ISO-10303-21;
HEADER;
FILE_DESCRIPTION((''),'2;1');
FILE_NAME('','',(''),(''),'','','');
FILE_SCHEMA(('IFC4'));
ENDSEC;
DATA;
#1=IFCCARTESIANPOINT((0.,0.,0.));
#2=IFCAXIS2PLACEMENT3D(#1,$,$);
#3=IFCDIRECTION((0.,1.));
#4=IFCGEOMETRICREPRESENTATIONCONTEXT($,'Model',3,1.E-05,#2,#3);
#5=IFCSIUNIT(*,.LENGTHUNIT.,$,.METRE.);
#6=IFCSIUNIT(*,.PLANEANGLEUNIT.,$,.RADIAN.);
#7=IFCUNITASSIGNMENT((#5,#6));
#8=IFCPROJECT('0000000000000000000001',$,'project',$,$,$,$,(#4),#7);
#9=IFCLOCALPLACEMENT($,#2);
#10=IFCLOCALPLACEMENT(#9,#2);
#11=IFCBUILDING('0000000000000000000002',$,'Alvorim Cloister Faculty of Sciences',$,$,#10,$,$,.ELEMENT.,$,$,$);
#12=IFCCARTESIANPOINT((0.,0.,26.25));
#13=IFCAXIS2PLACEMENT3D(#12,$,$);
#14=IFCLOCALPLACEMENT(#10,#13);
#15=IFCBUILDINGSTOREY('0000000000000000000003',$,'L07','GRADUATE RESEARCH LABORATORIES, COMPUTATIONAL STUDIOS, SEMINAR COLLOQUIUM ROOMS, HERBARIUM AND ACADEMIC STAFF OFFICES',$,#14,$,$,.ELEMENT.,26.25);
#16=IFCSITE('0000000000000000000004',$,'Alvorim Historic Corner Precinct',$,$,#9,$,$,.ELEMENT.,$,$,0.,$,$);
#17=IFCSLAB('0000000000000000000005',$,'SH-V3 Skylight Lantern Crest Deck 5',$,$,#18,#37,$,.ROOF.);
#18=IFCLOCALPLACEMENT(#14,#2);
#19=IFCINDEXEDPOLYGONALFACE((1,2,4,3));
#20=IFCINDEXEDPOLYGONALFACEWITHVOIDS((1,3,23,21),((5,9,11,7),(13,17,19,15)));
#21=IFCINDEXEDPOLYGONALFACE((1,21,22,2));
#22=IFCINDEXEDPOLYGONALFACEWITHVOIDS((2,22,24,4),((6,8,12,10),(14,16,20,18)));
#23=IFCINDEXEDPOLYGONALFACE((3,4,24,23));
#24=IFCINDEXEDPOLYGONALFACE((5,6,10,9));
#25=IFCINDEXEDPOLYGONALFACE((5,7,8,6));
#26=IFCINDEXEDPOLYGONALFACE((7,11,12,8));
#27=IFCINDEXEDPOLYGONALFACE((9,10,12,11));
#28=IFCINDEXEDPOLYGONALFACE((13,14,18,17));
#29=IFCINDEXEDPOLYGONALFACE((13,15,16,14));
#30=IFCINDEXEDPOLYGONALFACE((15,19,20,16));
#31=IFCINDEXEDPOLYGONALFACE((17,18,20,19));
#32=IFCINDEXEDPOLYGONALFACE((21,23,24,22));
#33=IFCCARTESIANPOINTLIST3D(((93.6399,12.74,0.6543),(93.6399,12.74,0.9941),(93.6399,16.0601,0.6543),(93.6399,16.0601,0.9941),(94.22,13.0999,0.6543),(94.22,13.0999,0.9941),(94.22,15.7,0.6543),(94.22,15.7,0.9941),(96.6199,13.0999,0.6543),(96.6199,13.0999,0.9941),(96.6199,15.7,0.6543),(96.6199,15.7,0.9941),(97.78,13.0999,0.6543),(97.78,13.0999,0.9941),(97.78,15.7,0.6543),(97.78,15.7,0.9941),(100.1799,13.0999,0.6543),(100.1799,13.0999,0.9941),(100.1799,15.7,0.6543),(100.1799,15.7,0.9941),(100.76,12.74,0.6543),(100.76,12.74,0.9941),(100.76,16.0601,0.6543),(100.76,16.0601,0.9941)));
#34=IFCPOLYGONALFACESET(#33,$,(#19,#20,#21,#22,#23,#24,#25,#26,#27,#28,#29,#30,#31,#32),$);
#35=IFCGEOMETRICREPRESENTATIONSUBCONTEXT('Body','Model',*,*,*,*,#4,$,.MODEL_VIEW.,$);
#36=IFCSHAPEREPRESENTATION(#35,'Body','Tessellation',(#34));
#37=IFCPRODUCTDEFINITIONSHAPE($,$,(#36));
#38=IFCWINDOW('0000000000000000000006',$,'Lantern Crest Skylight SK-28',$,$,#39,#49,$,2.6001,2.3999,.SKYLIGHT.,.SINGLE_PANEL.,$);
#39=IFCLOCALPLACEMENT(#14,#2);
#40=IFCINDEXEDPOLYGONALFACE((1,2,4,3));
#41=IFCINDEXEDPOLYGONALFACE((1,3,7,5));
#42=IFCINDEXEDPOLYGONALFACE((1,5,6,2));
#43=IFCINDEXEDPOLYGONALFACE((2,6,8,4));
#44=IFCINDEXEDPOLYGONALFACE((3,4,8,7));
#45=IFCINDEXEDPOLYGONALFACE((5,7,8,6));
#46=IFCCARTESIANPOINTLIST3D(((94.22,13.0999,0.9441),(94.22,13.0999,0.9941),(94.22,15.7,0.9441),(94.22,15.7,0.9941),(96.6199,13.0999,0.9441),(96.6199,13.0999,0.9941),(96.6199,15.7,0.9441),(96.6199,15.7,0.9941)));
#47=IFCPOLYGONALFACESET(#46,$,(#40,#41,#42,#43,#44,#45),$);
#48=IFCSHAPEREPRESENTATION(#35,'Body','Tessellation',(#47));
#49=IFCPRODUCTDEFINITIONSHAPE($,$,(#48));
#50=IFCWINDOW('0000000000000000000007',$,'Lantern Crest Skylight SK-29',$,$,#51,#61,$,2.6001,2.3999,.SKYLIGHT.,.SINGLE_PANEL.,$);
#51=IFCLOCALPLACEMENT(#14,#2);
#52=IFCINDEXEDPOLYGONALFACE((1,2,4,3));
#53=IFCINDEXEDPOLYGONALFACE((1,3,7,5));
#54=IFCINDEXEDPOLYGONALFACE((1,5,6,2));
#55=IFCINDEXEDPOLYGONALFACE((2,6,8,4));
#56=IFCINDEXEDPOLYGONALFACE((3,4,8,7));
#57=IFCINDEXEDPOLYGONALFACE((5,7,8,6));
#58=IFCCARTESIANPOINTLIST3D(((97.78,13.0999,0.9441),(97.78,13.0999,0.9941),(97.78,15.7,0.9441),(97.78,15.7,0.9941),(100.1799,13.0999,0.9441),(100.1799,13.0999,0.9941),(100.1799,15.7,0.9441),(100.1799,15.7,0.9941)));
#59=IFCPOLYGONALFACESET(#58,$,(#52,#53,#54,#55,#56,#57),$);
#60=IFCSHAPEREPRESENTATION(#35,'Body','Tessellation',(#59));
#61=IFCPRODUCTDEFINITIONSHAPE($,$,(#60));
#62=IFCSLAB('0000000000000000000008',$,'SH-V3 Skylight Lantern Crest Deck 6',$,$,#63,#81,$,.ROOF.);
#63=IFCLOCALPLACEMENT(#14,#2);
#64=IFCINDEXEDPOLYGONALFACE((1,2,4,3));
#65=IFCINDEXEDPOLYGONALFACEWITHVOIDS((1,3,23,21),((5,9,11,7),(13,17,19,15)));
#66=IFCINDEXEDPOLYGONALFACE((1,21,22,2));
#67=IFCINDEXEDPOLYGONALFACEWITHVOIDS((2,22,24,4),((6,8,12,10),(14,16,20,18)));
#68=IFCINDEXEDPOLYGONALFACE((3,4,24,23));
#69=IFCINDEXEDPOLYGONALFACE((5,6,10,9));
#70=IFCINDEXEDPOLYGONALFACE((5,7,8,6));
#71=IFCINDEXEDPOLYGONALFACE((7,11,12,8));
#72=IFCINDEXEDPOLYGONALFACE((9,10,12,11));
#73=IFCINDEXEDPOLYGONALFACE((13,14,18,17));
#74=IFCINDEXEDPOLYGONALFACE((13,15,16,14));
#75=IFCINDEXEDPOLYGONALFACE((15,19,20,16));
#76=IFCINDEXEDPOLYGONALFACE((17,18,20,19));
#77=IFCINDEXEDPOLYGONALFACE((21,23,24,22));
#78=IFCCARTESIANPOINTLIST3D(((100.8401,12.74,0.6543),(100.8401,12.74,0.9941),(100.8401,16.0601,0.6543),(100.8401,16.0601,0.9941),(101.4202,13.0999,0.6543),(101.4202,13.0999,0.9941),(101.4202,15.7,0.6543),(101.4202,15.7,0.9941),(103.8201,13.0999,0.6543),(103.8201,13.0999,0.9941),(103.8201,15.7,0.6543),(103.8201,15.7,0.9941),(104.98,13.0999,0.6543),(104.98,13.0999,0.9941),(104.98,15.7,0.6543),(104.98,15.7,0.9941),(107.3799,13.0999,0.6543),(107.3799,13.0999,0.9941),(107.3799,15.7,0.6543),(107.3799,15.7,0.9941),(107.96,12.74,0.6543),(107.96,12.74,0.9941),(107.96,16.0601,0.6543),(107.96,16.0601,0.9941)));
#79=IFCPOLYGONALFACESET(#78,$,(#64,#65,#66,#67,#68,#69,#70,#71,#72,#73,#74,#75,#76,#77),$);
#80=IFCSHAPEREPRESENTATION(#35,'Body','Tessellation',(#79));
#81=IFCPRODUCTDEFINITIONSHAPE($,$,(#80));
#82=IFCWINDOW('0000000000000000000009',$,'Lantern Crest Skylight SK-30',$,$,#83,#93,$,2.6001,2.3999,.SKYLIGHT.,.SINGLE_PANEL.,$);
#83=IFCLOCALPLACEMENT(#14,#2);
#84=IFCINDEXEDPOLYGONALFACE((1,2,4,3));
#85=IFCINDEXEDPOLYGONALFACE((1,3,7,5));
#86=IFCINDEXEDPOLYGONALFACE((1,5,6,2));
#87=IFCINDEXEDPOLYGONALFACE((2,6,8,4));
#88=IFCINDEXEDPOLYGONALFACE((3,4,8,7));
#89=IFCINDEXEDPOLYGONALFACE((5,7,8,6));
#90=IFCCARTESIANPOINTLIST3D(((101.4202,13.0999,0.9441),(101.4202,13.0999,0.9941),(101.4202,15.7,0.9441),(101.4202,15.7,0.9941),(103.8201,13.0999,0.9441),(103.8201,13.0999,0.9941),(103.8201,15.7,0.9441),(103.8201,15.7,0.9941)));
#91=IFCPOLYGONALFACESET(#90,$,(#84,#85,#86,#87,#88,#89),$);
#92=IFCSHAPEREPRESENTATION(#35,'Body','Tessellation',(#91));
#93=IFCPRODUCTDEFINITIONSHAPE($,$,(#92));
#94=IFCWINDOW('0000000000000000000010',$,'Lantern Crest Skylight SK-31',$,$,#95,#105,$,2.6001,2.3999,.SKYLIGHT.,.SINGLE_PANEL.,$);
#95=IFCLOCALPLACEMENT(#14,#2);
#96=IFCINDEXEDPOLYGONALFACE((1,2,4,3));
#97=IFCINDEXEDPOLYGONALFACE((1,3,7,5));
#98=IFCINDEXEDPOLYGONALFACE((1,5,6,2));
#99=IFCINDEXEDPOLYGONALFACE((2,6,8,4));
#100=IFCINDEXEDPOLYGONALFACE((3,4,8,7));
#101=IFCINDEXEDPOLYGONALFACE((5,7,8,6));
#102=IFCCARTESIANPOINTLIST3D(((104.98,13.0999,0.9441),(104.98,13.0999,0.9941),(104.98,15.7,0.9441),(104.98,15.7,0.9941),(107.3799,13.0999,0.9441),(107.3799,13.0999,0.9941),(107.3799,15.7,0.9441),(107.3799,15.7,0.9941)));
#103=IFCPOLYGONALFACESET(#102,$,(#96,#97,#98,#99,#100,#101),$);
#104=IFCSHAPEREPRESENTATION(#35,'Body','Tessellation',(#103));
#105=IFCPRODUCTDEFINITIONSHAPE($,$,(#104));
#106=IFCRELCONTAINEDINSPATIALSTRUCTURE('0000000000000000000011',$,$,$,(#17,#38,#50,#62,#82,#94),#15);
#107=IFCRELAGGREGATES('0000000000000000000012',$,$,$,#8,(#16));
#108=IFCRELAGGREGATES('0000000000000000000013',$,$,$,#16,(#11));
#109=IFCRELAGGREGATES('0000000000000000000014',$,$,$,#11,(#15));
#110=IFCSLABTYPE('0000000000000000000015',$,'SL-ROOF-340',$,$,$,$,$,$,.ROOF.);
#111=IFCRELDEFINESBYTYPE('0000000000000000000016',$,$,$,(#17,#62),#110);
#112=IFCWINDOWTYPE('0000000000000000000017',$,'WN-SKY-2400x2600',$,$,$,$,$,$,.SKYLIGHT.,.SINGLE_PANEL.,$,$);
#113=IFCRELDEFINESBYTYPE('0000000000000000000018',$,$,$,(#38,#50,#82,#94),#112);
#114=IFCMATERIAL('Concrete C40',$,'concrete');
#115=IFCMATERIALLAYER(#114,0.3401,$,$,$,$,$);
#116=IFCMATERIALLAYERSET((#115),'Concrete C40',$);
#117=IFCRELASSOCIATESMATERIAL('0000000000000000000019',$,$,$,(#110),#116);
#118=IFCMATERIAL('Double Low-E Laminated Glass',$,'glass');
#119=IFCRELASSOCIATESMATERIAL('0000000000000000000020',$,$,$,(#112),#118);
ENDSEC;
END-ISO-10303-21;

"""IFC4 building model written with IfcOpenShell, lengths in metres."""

from ifc_helpers import new_model, si_unit, direction, frame, origin, origin_2d, place, context, subcontext, project, spatial, polyline, rectangle, outline, extrude, material, layer, layer_set, type_object, element, fill, save


model = new_model("IFC4")

# Units and contexts
model_context = context("Model", 3, precision=1e-05, world=origin(), true_north=direction((0.0, 1.0)))
body_context = subcontext(model_context, "Body", "Model", "MODEL_VIEW")
ifc_project = project(units=[si_unit("LENGTHUNIT", "METRE"), si_unit("PLANEANGLEUNIT", "RADIAN")], contexts=[model_context])

# Site, building, storey
site_placement = place(None, origin())
site = spatial("IfcSite", under=ifc_project, at=site_placement, Name="Alvorim Historic Corner Precinct", CompositionType="ELEMENT", RefElevation=0.0)
building_placement = place(site_placement, origin())
building = spatial("IfcBuilding", under=site, at=building_placement, Name="Alvorim Cloister Faculty of Sciences", CompositionType="ELEMENT")
storey_placement = place(building_placement, frame((0.0, 0.0, 26.25)))
storey = spatial("IfcBuildingStorey", under=building, at=storey_placement, Name="L07", Description="GRADUATE RESEARCH LABORATORIES, COMPUTATIONAL STUDIOS, SEMINAR COLLOQUIUM ROOMS, HERBARIUM AND ACADEMIC STAFF OFFICES", CompositionType="ELEMENT", Elevation=26.25)

# Slabs, openings, windows
ifc_material_1 = material(Name="Concrete C40", Category="concrete")
ifc_layer = layer(ifc_material_1, 0.3401)
ifc_layer_set = layer_set([ifc_layer], Name="Concrete C40")
slab_type = type_object("IfcSlabType", Name="SL-ROOF-340", PredefinedType="ROOF", material=ifc_layer_set)
ifc_material_2 = material(Name="Double Low-E Laminated Glass", Category="glass")
window_type = type_object("IfcWindowType", Name="WN-SKY-2400x2600", PartitioningType="SINGLE_PANEL", PredefinedType="SKYLIGHT", material=ifc_material_2)
slab_1_placement = place(storey_placement, frame((0.0, 0.0, 0.6543)))
slab_1 = element("IfcSlab", 1, at=slab_1_placement, inside=storey, type_object=slab_type, Name="SH-V3 Skylight Lantern Crest Deck 5", PredefinedType="ROOF", context=body_context, shape_type="SweptSolid", body=[
    extrude(outline(polyline([(93.6399, 12.74), (100.76, 12.74), (100.76, 16.0601), (93.6399, 16.0601), (93.6399, 12.74)])), origin(), (0.0, 0.0, 1.0), 0.3398),
])
opening_1_placement = place(slab_1_placement, frame((95.4199, 14.3999, -0.012)))
opening_1 = element("IfcOpeningElement", 2, at=opening_1_placement, cuts=slab_1, PredefinedType="OPENING", context=body_context, shape_type="SweptSolid", body=[
    extrude(rectangle(XDim=2.3999, YDim=2.6001, at=origin_2d()), origin(), (0.0, 0.0, 1.0), 0.3638),
])
opening_2_placement = place(slab_1_placement, frame((98.98, 14.3999, -0.012)))
opening_2 = element("IfcOpeningElement", 3, at=opening_2_placement, cuts=slab_1, PredefinedType="OPENING", context=body_context, shape_type="SweptSolid", body=[
    extrude(rectangle(XDim=2.3999, YDim=2.6001, at=origin_2d()), origin(), (0.0, 0.0, 1.0), 0.3638),
])
window_1_placement = place(slab_1_placement, frame((95.4199, 14.3999, 0.2898)))
window_1 = element("IfcWindow", 4, at=window_1_placement, inside=storey, type_object=window_type, Name="Lantern Crest Skylight SK-28", OverallHeight=2.6001, OverallWidth=2.3999, PartitioningType="SINGLE_PANEL", PredefinedType="SKYLIGHT", context=body_context, shape_type="SweptSolid", body=[
    extrude(rectangle(XDim=2.3999, YDim=2.6001, at=origin_2d()), origin(), (0.0, 0.0, 1.0), 0.05),
])
fill(opening_1, window_1)
window_2_placement = place(slab_1_placement, frame((98.98, 14.3999, 0.2898)))
window_2 = element("IfcWindow", 5, at=window_2_placement, inside=storey, type_object=window_type, Name="Lantern Crest Skylight SK-29", OverallHeight=2.6001, OverallWidth=2.3999, PartitioningType="SINGLE_PANEL", PredefinedType="SKYLIGHT", context=body_context, shape_type="SweptSolid", body=[
    extrude(rectangle(XDim=2.3999, YDim=2.6001, at=origin_2d()), origin(), (0.0, 0.0, 1.0), 0.05),
])
fill(opening_2, window_2)
slab_2_placement = place(storey_placement, frame((0.0, 0.0, 0.6543)))
slab_2 = element("IfcSlab", 6, at=slab_2_placement, inside=storey, type_object=slab_type, Name="SH-V3 Skylight Lantern Crest Deck 6", PredefinedType="ROOF", context=body_context, shape_type="SweptSolid", body=[
    extrude(outline(polyline([(100.8401, 12.74), (107.96, 12.74), (107.96, 16.0601), (100.8401, 16.0601), (100.8401, 12.74)])), origin(), (0.0, 0.0, 1.0), 0.3398),
])
opening_3_placement = place(slab_2_placement, frame((102.6201, 14.3999, -0.012)))
opening_3 = element("IfcOpeningElement", 7, at=opening_3_placement, cuts=slab_2, PredefinedType="OPENING", context=body_context, shape_type="SweptSolid", body=[
    extrude(rectangle(XDim=2.3999, YDim=2.6001, at=origin_2d()), origin(), (0.0, 0.0, 1.0), 0.3638),
])
opening_4_placement = place(slab_2_placement, frame((106.1799, 14.3999, -0.012)))
opening_4 = element("IfcOpeningElement", 8, at=opening_4_placement, cuts=slab_2, PredefinedType="OPENING", context=body_context, shape_type="SweptSolid", body=[
    extrude(rectangle(XDim=2.3999, YDim=2.6001, at=origin_2d()), origin(), (0.0, 0.0, 1.0), 0.3638),
])
window_3_placement = place(slab_2_placement, frame((102.6201, 14.3999, 0.2898)))
window_3 = element("IfcWindow", 9, at=window_3_placement, inside=storey, type_object=window_type, Name="Lantern Crest Skylight SK-30", OverallHeight=2.6001, OverallWidth=2.3999, PartitioningType="SINGLE_PANEL", PredefinedType="SKYLIGHT", context=body_context, shape_type="SweptSolid", body=[
    extrude(rectangle(XDim=2.3999, YDim=2.6001, at=origin_2d()), origin(), (0.0, 0.0, 1.0), 0.05),
])
fill(opening_3, window_3)
window_4_placement = place(slab_2_placement, frame((106.1799, 14.3999, 0.2898)))
window_4 = element("IfcWindow", 10, at=window_4_placement, inside=storey, type_object=window_type, Name="Lantern Crest Skylight SK-31", OverallHeight=2.6001, OverallWidth=2.3999, PartitioningType="SINGLE_PANEL", PredefinedType="SKYLIGHT", context=body_context, shape_type="SweptSolid", body=[
    extrude(rectangle(XDim=2.3999, YDim=2.6001, at=origin_2d()), origin(), (0.0, 0.0, 1.0), 0.05),
])
fill(opening_4, window_4)

save(model, "model.ifc")
